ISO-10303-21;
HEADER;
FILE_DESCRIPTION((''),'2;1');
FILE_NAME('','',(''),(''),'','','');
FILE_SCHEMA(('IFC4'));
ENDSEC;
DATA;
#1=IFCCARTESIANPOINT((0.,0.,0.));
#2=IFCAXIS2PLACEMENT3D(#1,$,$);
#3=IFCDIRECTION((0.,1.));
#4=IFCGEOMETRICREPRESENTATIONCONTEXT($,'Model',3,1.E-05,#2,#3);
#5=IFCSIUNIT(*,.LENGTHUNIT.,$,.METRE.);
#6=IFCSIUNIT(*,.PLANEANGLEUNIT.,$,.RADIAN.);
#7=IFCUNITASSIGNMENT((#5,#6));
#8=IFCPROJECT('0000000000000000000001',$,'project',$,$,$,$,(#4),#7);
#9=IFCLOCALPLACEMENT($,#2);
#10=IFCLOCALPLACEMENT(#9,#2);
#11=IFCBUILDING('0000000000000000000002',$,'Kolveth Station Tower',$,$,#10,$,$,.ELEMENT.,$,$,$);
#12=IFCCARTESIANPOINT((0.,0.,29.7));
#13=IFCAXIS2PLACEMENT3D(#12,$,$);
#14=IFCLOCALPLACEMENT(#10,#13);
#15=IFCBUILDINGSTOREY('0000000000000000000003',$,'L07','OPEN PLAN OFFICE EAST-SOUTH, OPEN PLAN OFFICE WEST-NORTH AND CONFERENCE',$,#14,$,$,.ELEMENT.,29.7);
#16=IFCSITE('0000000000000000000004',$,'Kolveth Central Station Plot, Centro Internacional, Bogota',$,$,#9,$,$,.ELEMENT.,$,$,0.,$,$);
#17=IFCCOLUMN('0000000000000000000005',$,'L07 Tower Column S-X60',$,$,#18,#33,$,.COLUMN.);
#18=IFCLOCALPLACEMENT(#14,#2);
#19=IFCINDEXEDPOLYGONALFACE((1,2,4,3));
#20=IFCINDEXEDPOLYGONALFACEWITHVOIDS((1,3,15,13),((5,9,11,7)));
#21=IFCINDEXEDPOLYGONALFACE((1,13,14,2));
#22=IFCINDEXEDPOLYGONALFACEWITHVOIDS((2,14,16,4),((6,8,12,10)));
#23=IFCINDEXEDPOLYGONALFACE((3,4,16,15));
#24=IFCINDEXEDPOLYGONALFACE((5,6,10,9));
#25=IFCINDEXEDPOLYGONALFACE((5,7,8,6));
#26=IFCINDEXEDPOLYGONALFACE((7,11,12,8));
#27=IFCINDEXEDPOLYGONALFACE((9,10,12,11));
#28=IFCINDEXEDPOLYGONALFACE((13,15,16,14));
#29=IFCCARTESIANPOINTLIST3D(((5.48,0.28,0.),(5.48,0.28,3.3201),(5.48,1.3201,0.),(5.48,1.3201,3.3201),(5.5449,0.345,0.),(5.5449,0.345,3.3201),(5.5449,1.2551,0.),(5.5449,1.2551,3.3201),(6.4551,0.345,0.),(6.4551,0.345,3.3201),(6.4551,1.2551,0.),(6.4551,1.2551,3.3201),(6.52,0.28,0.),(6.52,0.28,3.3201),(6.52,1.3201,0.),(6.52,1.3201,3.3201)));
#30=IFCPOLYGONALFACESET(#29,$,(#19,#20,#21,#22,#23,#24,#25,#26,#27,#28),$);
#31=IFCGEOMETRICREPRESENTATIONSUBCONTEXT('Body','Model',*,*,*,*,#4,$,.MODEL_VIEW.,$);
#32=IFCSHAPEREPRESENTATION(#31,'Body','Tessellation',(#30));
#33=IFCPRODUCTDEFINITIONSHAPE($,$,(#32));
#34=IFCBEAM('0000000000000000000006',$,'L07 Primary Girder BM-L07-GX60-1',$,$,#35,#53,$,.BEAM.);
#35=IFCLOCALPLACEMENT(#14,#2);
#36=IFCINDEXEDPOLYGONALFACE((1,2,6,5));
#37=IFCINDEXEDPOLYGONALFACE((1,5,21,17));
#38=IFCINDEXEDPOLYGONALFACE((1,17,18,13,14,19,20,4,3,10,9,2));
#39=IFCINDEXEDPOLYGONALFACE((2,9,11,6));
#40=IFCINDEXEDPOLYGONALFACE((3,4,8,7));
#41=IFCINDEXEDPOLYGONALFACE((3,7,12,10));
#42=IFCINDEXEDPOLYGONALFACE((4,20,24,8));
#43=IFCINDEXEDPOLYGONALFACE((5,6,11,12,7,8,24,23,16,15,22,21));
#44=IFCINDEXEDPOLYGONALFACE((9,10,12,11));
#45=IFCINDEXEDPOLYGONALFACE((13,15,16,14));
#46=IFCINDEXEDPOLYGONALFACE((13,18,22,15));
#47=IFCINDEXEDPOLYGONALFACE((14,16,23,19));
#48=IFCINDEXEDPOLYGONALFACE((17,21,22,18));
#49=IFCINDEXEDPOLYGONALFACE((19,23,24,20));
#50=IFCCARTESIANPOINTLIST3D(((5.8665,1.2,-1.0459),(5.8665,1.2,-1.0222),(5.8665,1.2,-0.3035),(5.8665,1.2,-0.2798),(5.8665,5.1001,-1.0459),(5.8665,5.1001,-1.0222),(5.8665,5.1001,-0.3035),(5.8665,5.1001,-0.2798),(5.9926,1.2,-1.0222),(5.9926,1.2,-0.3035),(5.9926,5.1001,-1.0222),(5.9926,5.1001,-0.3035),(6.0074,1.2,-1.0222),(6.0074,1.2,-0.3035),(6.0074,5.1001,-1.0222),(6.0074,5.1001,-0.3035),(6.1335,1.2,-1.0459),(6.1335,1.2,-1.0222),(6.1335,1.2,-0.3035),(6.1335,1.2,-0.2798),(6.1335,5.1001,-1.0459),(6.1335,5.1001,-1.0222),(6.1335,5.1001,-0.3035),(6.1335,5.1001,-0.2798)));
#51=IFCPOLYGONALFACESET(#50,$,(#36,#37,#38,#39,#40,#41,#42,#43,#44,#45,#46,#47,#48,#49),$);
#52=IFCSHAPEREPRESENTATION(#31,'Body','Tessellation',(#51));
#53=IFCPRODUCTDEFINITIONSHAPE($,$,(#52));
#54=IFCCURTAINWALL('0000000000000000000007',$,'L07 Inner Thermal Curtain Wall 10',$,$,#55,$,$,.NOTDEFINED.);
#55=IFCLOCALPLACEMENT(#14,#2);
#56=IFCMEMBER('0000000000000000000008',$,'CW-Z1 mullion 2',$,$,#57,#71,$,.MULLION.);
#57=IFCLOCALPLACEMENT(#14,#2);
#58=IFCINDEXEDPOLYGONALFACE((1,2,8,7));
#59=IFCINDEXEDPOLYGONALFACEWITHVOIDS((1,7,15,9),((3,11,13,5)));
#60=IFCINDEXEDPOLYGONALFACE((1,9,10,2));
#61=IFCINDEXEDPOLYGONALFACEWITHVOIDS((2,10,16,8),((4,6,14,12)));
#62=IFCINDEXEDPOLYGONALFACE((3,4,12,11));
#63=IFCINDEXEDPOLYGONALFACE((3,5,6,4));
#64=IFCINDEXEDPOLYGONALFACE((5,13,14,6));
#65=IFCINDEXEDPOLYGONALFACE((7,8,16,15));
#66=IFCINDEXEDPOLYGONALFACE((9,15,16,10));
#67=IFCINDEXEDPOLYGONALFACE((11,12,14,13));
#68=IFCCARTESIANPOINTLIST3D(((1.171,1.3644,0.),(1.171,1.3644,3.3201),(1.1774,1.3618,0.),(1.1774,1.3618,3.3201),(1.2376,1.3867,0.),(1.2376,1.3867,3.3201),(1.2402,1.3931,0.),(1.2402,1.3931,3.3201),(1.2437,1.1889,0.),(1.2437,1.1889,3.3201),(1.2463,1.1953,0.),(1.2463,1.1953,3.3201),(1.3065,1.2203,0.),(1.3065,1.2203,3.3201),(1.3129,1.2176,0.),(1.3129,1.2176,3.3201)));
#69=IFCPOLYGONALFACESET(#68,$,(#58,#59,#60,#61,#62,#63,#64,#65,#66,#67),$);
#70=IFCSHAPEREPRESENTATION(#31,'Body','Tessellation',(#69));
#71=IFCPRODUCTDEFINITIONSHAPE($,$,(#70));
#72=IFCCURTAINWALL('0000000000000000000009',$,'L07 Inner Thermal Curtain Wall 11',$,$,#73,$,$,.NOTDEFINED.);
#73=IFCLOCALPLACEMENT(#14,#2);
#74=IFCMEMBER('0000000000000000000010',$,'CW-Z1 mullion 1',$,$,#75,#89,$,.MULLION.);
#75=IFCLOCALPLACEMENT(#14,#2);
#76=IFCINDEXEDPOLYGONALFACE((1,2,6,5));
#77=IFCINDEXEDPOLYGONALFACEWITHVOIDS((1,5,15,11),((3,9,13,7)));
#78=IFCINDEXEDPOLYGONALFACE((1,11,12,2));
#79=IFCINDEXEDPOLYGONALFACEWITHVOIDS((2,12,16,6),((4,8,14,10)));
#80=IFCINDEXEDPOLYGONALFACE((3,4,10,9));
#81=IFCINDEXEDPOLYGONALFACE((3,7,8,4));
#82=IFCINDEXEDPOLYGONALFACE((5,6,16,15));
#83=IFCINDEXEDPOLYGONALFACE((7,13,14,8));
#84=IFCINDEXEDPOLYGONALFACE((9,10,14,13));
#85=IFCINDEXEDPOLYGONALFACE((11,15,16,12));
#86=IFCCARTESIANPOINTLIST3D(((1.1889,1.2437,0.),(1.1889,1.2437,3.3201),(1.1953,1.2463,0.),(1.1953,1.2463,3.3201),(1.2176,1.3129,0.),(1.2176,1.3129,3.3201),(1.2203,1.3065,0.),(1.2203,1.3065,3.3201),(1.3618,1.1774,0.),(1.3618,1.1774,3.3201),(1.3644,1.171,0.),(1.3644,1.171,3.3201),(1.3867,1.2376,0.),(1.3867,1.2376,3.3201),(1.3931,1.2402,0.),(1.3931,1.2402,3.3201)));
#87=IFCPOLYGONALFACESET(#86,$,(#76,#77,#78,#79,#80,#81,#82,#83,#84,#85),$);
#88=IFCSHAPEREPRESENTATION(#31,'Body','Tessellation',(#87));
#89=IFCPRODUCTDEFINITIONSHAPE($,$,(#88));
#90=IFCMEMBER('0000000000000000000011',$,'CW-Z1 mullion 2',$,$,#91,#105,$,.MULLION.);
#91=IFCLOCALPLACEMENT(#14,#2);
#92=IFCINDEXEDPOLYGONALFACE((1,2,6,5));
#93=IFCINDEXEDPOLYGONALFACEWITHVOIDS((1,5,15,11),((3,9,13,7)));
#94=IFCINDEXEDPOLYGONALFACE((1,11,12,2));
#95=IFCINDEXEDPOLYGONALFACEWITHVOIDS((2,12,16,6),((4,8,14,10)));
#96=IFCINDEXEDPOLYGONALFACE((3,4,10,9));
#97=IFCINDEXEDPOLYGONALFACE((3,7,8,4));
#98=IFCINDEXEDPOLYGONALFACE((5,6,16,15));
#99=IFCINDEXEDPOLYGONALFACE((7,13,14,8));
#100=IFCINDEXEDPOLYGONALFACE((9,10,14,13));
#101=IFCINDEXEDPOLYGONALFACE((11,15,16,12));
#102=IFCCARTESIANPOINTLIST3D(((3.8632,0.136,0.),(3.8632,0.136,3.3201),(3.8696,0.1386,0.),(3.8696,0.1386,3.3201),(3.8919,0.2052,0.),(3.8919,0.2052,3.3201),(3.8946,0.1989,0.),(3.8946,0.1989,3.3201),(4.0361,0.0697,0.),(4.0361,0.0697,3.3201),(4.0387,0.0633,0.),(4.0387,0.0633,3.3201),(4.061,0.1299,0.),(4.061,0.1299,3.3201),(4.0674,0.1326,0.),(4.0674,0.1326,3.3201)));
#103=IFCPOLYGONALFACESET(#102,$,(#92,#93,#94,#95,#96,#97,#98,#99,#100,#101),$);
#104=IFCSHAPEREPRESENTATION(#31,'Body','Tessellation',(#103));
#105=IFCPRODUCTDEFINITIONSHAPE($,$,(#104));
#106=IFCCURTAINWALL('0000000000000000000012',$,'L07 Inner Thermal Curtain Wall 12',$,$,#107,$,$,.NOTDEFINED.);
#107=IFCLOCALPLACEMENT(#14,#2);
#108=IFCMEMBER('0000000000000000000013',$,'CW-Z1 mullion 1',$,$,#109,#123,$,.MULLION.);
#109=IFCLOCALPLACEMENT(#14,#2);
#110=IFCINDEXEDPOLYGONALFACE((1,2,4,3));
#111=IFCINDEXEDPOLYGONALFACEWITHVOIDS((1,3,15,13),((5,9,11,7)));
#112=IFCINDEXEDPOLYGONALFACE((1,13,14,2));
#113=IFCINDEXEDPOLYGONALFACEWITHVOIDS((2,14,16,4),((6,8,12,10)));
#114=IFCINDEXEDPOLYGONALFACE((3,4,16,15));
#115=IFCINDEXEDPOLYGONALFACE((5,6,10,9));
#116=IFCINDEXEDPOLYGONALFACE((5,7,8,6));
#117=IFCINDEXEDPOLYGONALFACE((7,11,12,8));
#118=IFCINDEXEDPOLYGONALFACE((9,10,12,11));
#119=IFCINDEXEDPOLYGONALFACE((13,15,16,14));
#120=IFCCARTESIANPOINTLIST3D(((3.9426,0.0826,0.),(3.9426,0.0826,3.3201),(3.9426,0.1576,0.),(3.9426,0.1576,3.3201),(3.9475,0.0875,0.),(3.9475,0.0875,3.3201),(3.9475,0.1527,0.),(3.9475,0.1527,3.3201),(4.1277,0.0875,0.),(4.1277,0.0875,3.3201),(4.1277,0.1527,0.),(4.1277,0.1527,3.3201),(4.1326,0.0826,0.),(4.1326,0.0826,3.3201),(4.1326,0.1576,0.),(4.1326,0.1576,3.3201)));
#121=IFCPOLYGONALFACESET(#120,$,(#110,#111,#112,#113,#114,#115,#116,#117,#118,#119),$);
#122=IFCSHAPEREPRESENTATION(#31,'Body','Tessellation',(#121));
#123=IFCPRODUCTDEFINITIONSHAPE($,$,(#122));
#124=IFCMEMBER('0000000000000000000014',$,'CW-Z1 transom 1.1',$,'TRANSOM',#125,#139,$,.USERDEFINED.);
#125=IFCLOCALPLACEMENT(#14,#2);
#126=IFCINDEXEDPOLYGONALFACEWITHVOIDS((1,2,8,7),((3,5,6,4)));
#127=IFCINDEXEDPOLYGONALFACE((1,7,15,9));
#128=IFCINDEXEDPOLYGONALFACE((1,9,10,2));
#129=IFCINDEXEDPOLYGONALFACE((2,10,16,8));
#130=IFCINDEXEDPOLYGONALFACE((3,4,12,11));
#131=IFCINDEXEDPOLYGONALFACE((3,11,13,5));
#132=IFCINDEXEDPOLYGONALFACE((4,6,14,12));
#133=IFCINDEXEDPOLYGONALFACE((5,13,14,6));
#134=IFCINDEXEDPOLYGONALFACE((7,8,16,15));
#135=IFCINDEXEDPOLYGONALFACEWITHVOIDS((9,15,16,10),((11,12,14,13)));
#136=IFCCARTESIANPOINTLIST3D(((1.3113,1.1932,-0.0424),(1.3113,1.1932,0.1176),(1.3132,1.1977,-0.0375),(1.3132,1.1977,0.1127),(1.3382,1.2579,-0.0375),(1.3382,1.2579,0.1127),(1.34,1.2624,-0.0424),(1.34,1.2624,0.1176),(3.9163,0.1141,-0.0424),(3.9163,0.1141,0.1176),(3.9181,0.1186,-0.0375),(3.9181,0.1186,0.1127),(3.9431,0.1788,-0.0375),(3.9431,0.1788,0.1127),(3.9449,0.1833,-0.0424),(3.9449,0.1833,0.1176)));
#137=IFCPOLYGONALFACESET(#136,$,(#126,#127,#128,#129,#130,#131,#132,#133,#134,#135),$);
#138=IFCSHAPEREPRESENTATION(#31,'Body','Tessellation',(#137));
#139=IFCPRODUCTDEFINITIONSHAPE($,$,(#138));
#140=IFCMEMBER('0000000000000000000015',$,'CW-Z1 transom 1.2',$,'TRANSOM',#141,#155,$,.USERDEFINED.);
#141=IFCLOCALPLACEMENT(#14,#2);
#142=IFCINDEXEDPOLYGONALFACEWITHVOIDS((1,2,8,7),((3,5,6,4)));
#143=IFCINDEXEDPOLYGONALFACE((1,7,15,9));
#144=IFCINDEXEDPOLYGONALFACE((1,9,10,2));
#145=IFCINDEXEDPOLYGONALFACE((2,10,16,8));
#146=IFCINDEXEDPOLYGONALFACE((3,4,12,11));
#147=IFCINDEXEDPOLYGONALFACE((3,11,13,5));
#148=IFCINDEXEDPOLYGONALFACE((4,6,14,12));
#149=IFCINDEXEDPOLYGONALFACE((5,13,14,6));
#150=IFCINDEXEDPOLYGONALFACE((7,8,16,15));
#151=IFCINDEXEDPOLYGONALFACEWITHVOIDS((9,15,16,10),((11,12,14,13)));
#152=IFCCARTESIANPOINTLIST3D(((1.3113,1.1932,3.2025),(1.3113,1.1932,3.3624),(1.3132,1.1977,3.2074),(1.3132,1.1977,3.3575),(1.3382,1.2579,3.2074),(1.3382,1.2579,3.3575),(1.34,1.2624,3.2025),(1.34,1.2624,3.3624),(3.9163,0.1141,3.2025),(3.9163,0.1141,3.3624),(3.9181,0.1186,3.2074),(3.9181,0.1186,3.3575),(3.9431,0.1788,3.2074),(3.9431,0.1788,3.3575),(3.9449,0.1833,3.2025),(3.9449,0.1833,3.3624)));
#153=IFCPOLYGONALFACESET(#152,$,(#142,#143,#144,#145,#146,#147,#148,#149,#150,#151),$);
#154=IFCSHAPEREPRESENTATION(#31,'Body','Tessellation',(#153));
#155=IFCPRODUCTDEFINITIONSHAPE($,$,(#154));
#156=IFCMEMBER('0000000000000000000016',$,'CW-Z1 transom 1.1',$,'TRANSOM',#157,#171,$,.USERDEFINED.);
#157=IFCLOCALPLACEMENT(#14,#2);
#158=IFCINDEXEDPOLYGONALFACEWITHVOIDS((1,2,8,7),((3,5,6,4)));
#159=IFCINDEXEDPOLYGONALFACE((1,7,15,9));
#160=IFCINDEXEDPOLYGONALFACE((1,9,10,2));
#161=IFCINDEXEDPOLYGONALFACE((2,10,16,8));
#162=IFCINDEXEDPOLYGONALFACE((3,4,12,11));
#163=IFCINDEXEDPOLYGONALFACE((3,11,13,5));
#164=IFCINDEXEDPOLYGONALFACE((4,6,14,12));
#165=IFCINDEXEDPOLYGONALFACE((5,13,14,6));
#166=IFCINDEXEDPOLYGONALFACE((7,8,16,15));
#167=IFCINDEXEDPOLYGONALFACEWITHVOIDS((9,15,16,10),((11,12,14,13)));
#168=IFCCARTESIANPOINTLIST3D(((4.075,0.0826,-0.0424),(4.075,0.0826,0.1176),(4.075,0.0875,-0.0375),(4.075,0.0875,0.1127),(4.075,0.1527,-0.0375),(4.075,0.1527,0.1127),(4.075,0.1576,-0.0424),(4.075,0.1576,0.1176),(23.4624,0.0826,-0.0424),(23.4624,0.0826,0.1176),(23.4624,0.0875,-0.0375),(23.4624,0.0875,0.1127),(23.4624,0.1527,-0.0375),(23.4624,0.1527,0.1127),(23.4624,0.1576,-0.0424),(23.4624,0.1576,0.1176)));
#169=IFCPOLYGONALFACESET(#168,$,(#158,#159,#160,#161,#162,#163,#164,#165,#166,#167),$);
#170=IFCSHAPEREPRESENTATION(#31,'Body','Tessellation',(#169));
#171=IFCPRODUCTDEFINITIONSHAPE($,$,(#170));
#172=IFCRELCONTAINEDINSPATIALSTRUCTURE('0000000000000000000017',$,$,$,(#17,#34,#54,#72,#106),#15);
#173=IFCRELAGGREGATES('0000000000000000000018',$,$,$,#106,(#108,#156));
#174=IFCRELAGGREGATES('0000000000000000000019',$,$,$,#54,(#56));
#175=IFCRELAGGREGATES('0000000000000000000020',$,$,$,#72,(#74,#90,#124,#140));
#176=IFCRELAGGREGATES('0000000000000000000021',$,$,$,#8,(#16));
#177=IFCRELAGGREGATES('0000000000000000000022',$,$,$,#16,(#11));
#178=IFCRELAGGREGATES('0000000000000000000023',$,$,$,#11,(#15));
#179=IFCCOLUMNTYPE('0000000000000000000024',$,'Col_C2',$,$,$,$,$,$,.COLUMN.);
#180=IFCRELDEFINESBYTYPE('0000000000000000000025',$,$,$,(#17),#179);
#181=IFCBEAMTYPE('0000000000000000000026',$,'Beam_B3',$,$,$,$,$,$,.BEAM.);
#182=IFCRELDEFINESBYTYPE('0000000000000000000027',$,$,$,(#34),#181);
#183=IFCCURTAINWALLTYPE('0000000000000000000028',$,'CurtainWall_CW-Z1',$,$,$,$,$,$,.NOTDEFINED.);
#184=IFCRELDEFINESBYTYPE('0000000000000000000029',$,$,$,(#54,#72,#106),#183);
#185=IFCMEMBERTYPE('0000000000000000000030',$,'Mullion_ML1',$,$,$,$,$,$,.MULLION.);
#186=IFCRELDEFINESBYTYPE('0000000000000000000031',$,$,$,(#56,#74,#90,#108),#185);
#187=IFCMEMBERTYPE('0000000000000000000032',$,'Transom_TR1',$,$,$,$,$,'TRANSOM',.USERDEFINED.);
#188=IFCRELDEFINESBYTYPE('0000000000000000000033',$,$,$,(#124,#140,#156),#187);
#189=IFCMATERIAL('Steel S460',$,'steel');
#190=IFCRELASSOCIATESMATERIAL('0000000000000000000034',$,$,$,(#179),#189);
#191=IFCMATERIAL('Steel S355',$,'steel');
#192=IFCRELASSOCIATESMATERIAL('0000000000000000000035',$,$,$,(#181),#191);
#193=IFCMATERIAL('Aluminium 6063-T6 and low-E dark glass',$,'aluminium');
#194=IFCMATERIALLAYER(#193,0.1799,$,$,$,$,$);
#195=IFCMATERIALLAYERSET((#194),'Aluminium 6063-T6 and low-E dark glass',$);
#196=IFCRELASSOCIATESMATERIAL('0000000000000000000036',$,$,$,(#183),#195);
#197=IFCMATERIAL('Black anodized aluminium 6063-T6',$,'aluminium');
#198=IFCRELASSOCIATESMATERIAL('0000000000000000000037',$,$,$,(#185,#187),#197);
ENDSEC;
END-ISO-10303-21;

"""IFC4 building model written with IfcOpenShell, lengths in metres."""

from ifc_helpers import new_model, si_unit, direction, frame, origin, origin_2d, place, context, subcontext, project, spatial, hollow_rectangle, i_section, extrude, source, transform, mapped, material, layer, layer_set, material_profile, profile_set, type_object, element, aggregate, save


model = new_model("IFC4")

# Units and contexts
model_context = context("Model", 3, precision=1e-05, world=origin(), true_north=direction((0.0, 1.0)))
body_context = subcontext(model_context, "Body", "Model", "MODEL_VIEW")
ifc_project = project(units=[si_unit("LENGTHUNIT", "METRE"), si_unit("PLANEANGLEUNIT", "RADIAN")], contexts=[model_context])

# Site, building, storey
site_placement = place(None, origin())
site = spatial("IfcSite", under=ifc_project, at=site_placement, Name="Kolveth Central Station Plot, Centro Internacional, Bogota", CompositionType="ELEMENT", RefElevation=0.0)
building_placement = place(site_placement, origin())
building = spatial("IfcBuilding", under=site, at=building_placement, Name="Kolveth Station Tower", CompositionType="ELEMENT")
storey_placement = place(building_placement, frame((0.0, 0.0, 29.7)))
storey = spatial("IfcBuildingStorey", under=building, at=storey_placement, Name="L07", Description="OPEN PLAN OFFICE EAST-SOUTH, OPEN PLAN OFFICE WEST-NORTH AND CONFERENCE", CompositionType="ELEMENT", Elevation=29.7)

# Column
ifc_material_1 = material(Name="Steel S460", Category="steel")
ifc_material_profile_1 = material_profile(ifc_material_1, hollow_rectangle(XDim=1.04, YDim=1.04, WallThickness=0.0649, at=origin_2d()), Name="BOX1040x1040x65")
ifc_profile_set_1 = profile_set([ifc_material_profile_1], Name="Steel S460")
column_type = type_object("IfcColumnType", Name="Col_C2", PredefinedType="COLUMN", material=ifc_profile_set_1)
shared_shape_1 = source(origin(), body_context, "Body", "SweptSolid", [
    extrude(hollow_rectangle(XDim=1.04, YDim=1.04, WallThickness=0.0649, at=origin_2d()), origin(), (0.0, 0.0, 1.0), 3.3201),
])
column_placement = place(storey_placement, frame((6.0, 0.8, 0.0), z_axis=(0.0, 0.0, 1.0), x_axis=(1.0, 0.0, 0.0)))
element("IfcColumn", 1, at=column_placement, inside=storey, type_object=column_type, Name="L07 Tower Column S-X60", PredefinedType="COLUMN", context=body_context, shape_type="MappedRepresentation", body=[
    mapped(shared_shape_1, transform((0.0, 0.0, 0.0), x_axis=(1.0, 0.0, 0.0), y_axis=(0.0, 1.0, 0.0), z_axis=(0.0, 0.0, 1.0), scale=1.0)),
])

# Beam
ifc_material_2 = material(Name="Steel S355", Category="steel")
ifc_material_profile_2 = material_profile(ifc_material_2, i_section(OverallWidth=0.2671, OverallDepth=0.7661, WebThickness=0.0149, FlangeThickness=0.0237, at=origin_2d()), Name="W760x185")
ifc_profile_set_2 = profile_set([ifc_material_profile_2], Name="Steel S355")
beam_type = type_object("IfcBeamType", Name="Beam_B3", PredefinedType="BEAM", material=ifc_profile_set_2)
shared_shape_2 = source(origin(), body_context, "Body", "SweptSolid", [
    extrude(i_section(OverallWidth=0.2671, OverallDepth=0.7661, WebThickness=0.0149, FlangeThickness=0.0237, at=origin_2d()), origin(), (0.0, 0.0, 1.0), 3.9001),
])
beam_placement = place(storey_placement, frame((6.0, 1.2, -0.6628), z_axis=(0.0, 1.0, 0.0), x_axis=(-1.0, 0.0, 0.0)))
element("IfcBeam", 2, at=beam_placement, inside=storey, type_object=beam_type, Name="L07 Primary Girder BM-L07-GX60-1", PredefinedType="BEAM", context=body_context, shape_type="MappedRepresentation", body=[
    mapped(shared_shape_2, transform((0.0, 0.0, 0.0), x_axis=(1.0, 0.0, 0.0), y_axis=(0.0, 1.0, 0.0), z_axis=(0.0, 0.0, 1.0), scale=1.0)),
])

# Curtain wall, member
ifc_material_3 = material(Name="Aluminium 6063-T6 and low-E dark glass", Category="aluminium")
ifc_layer_1 = layer(ifc_material_3, 0.1799)
ifc_layer_set_1 = layer_set([ifc_layer_1], Name="Aluminium 6063-T6 and low-E dark glass")
curtain_wall_type_1 = type_object("IfcCurtainWallType", Name="CurtainWall_CW-Z1", PredefinedType="NOTDEFINED", material=ifc_layer_set_1)
curtain_wall_1_placement = place(storey_placement, origin())
curtain_wall_1 = element("IfcCurtainWall", 3, at=curtain_wall_1_placement, inside=storey, type_object=curtain_wall_type_1, Name="L07 Inner Thermal Curtain Wall 10", PredefinedType="NOTDEFINED")
ifc_material_4 = material(Name="Black anodized aluminium 6063-T6", Category="aluminium")
ifc_material_profile_3 = material_profile(ifc_material_4, hollow_rectangle(XDim=0.075, YDim=0.1899, WallThickness=0.0049, at=origin_2d()), Name="ALU-75x190x5")
ifc_profile_set_3 = profile_set([ifc_material_profile_3], Name="Black anodized aluminium 6063-T6")
member_type_1 = type_object("IfcMemberType", Name="Mullion_ML1", PredefinedType="MULLION", material=ifc_profile_set_3)
shared_shape_3 = source(origin(), body_context, "Body", "SweptSolid", [
    extrude(hollow_rectangle(XDim=0.075, YDim=0.1899, WallThickness=0.0049, at=origin_2d()), origin(), (0.0, 0.0, 1.0), 3.3201),
])
member_1_placement = place(storey_placement, frame((1.2419, 1.291, 0.0), z_axis=(0.0, 0.0, 1.0), x_axis=(0.923884, 0.382673, 0.0)))
member_1 = element("IfcMember", 4, at=member_1_placement, type_object=member_type_1, Name="CW-Z1 mullion 2", PredefinedType="MULLION", context=body_context, shape_type="MappedRepresentation", body=[
    mapped(shared_shape_3, transform((0.0, 0.0, 0.0), x_axis=(1.0, 0.0, 0.0), y_axis=(0.0, 1.0, 0.0), z_axis=(0.0, 0.0, 1.0), scale=1.0)),
])

# Curtain wall, members
curtain_wall_2_placement = place(storey_placement, origin())
curtain_wall_2 = element("IfcCurtainWall", 5, at=curtain_wall_2_placement, inside=storey, type_object=curtain_wall_type_1, Name="L07 Inner Thermal Curtain Wall 11", PredefinedType="NOTDEFINED")
member_2_placement = place(storey_placement, frame((1.291, 1.2419, 0.0), z_axis=(0.0, 0.0, 1.0), x_axis=(0.382673, 0.923884, 0.0)))
member_2 = element("IfcMember", 6, at=member_2_placement, type_object=member_type_1, Name="CW-Z1 mullion 1", PredefinedType="MULLION", context=body_context, shape_type="MappedRepresentation", body=[
    mapped(shared_shape_3, transform((0.0, 0.0, 0.0), x_axis=(1.0, 0.0, 0.0), y_axis=(0.0, 1.0, 0.0), z_axis=(0.0, 0.0, 1.0), scale=1.0)),
])
member_3_placement = place(storey_placement, frame((3.9653, 0.1343, 0.0), z_axis=(0.0, 0.0, 1.0), x_axis=(0.382673, 0.923884, 0.0)))
member_3 = element("IfcMember", 7, at=member_3_placement, type_object=member_type_1, Name="CW-Z1 mullion 2", PredefinedType="MULLION", context=body_context, shape_type="MappedRepresentation", body=[
    mapped(shared_shape_3, transform((0.0, 0.0, 0.0), x_axis=(1.0, 0.0, 0.0), y_axis=(0.0, 1.0, 0.0), z_axis=(0.0, 0.0, 1.0), scale=1.0)),
])

# Curtain wall, member
curtain_wall_3_placement = place(storey_placement, origin())
curtain_wall_3 = element("IfcCurtainWall", 8, at=curtain_wall_3_placement, inside=storey, type_object=curtain_wall_type_1, Name="L07 Inner Thermal Curtain Wall 12", PredefinedType="NOTDEFINED")
member_4_placement = place(storey_placement, frame((4.0376, 0.1201, 0.0), z_axis=(0.0, 0.0, 1.0), x_axis=(0.0, 1.0, 0.0)))
member_4 = element("IfcMember", 9, at=member_4_placement, type_object=member_type_1, Name="CW-Z1 mullion 1", PredefinedType="MULLION", context=body_context, shape_type="MappedRepresentation", body=[
    mapped(shared_shape_3, transform((0.0, 0.0, 0.0), x_axis=(1.0, 0.0, 0.0), y_axis=(0.0, 1.0, 0.0), z_axis=(0.0, 0.0, 1.0), scale=1.0)),
])

# Members
ifc_material_profile_4 = material_profile(ifc_material_4, hollow_rectangle(XDim=0.075, YDim=0.1599, WallThickness=0.0049, at=origin_2d()), Name="ALU-75x160x5")
ifc_profile_set_4 = profile_set([ifc_material_profile_4], Name="Black anodized aluminium 6063-T6")
member_type_2 = type_object("IfcMemberType", Name="Transom_TR1", ElementType="TRANSOM", PredefinedType="USERDEFINED", material=ifc_profile_set_4)
shared_shape_4 = source(origin(), body_context, "Body", "SweptSolid", [
    extrude(hollow_rectangle(XDim=0.075, YDim=0.1599, WallThickness=0.0049, at=origin_2d()), origin(), (0.0, 0.0, 1.0), 2.8196),
])
member_5_placement = place(storey_placement, frame((1.3257, 1.2278, 0.0376), z_axis=(0.923869, -0.382709, 0.0), x_axis=(0.382709, 0.923869, 0.0)))
member_5 = element("IfcMember", 10, at=member_5_placement, type_object=member_type_2, Name="CW-Z1 transom 1.1", ObjectType="TRANSOM", PredefinedType="USERDEFINED", context=body_context, shape_type="MappedRepresentation", body=[
    mapped(shared_shape_4, transform((0.0, 0.0, 0.0), x_axis=(1.0, 0.0, 0.0), y_axis=(0.0, 1.0, 0.0), z_axis=(0.0, 0.0, 1.0), scale=1.0)),
])
member_6_placement = place(storey_placement, frame((1.3257, 1.2278, 3.2825), z_axis=(0.923869, -0.382709, 0.0), x_axis=(0.382709, 0.923869, 0.0)))
member_6 = element("IfcMember", 11, at=member_6_placement, type_object=member_type_2, Name="CW-Z1 transom 1.2", ObjectType="TRANSOM", PredefinedType="USERDEFINED", context=body_context, shape_type="MappedRepresentation", body=[
    mapped(shared_shape_4, transform((0.0, 0.0, 0.0), x_axis=(1.0, 0.0, 0.0), y_axis=(0.0, 1.0, 0.0), z_axis=(0.0, 0.0, 1.0), scale=1.0)),
])
shared_shape_5 = source(origin(), body_context, "Body", "SweptSolid", [
    extrude(hollow_rectangle(XDim=0.075, YDim=0.1599, WallThickness=0.0049, at=origin_2d()), origin(), (0.0, 0.0, 1.0), 19.3875),
])
member_7_placement = place(storey_placement, frame((4.075, 0.1201, 0.0376), z_axis=(1.0, 0.0, 0.0), x_axis=(0.0, 1.0, 0.0)))
member_7 = element("IfcMember", 12, at=member_7_placement, type_object=member_type_2, Name="CW-Z1 transom 1.1", ObjectType="TRANSOM", PredefinedType="USERDEFINED", context=body_context, shape_type="MappedRepresentation", body=[
    mapped(shared_shape_5, transform((0.0, 0.0, 0.0), x_axis=(1.0, 0.0, 0.0), y_axis=(0.0, 1.0, 0.0), z_axis=(0.0, 0.0, 1.0), scale=1.0)),
])
aggregate(curtain_wall_3, [member_4, member_7])

aggregate(curtain_wall_1, [member_1])
aggregate(curtain_wall_2, [member_2, member_3, member_5, member_6])

save(model, "model.ifc")
